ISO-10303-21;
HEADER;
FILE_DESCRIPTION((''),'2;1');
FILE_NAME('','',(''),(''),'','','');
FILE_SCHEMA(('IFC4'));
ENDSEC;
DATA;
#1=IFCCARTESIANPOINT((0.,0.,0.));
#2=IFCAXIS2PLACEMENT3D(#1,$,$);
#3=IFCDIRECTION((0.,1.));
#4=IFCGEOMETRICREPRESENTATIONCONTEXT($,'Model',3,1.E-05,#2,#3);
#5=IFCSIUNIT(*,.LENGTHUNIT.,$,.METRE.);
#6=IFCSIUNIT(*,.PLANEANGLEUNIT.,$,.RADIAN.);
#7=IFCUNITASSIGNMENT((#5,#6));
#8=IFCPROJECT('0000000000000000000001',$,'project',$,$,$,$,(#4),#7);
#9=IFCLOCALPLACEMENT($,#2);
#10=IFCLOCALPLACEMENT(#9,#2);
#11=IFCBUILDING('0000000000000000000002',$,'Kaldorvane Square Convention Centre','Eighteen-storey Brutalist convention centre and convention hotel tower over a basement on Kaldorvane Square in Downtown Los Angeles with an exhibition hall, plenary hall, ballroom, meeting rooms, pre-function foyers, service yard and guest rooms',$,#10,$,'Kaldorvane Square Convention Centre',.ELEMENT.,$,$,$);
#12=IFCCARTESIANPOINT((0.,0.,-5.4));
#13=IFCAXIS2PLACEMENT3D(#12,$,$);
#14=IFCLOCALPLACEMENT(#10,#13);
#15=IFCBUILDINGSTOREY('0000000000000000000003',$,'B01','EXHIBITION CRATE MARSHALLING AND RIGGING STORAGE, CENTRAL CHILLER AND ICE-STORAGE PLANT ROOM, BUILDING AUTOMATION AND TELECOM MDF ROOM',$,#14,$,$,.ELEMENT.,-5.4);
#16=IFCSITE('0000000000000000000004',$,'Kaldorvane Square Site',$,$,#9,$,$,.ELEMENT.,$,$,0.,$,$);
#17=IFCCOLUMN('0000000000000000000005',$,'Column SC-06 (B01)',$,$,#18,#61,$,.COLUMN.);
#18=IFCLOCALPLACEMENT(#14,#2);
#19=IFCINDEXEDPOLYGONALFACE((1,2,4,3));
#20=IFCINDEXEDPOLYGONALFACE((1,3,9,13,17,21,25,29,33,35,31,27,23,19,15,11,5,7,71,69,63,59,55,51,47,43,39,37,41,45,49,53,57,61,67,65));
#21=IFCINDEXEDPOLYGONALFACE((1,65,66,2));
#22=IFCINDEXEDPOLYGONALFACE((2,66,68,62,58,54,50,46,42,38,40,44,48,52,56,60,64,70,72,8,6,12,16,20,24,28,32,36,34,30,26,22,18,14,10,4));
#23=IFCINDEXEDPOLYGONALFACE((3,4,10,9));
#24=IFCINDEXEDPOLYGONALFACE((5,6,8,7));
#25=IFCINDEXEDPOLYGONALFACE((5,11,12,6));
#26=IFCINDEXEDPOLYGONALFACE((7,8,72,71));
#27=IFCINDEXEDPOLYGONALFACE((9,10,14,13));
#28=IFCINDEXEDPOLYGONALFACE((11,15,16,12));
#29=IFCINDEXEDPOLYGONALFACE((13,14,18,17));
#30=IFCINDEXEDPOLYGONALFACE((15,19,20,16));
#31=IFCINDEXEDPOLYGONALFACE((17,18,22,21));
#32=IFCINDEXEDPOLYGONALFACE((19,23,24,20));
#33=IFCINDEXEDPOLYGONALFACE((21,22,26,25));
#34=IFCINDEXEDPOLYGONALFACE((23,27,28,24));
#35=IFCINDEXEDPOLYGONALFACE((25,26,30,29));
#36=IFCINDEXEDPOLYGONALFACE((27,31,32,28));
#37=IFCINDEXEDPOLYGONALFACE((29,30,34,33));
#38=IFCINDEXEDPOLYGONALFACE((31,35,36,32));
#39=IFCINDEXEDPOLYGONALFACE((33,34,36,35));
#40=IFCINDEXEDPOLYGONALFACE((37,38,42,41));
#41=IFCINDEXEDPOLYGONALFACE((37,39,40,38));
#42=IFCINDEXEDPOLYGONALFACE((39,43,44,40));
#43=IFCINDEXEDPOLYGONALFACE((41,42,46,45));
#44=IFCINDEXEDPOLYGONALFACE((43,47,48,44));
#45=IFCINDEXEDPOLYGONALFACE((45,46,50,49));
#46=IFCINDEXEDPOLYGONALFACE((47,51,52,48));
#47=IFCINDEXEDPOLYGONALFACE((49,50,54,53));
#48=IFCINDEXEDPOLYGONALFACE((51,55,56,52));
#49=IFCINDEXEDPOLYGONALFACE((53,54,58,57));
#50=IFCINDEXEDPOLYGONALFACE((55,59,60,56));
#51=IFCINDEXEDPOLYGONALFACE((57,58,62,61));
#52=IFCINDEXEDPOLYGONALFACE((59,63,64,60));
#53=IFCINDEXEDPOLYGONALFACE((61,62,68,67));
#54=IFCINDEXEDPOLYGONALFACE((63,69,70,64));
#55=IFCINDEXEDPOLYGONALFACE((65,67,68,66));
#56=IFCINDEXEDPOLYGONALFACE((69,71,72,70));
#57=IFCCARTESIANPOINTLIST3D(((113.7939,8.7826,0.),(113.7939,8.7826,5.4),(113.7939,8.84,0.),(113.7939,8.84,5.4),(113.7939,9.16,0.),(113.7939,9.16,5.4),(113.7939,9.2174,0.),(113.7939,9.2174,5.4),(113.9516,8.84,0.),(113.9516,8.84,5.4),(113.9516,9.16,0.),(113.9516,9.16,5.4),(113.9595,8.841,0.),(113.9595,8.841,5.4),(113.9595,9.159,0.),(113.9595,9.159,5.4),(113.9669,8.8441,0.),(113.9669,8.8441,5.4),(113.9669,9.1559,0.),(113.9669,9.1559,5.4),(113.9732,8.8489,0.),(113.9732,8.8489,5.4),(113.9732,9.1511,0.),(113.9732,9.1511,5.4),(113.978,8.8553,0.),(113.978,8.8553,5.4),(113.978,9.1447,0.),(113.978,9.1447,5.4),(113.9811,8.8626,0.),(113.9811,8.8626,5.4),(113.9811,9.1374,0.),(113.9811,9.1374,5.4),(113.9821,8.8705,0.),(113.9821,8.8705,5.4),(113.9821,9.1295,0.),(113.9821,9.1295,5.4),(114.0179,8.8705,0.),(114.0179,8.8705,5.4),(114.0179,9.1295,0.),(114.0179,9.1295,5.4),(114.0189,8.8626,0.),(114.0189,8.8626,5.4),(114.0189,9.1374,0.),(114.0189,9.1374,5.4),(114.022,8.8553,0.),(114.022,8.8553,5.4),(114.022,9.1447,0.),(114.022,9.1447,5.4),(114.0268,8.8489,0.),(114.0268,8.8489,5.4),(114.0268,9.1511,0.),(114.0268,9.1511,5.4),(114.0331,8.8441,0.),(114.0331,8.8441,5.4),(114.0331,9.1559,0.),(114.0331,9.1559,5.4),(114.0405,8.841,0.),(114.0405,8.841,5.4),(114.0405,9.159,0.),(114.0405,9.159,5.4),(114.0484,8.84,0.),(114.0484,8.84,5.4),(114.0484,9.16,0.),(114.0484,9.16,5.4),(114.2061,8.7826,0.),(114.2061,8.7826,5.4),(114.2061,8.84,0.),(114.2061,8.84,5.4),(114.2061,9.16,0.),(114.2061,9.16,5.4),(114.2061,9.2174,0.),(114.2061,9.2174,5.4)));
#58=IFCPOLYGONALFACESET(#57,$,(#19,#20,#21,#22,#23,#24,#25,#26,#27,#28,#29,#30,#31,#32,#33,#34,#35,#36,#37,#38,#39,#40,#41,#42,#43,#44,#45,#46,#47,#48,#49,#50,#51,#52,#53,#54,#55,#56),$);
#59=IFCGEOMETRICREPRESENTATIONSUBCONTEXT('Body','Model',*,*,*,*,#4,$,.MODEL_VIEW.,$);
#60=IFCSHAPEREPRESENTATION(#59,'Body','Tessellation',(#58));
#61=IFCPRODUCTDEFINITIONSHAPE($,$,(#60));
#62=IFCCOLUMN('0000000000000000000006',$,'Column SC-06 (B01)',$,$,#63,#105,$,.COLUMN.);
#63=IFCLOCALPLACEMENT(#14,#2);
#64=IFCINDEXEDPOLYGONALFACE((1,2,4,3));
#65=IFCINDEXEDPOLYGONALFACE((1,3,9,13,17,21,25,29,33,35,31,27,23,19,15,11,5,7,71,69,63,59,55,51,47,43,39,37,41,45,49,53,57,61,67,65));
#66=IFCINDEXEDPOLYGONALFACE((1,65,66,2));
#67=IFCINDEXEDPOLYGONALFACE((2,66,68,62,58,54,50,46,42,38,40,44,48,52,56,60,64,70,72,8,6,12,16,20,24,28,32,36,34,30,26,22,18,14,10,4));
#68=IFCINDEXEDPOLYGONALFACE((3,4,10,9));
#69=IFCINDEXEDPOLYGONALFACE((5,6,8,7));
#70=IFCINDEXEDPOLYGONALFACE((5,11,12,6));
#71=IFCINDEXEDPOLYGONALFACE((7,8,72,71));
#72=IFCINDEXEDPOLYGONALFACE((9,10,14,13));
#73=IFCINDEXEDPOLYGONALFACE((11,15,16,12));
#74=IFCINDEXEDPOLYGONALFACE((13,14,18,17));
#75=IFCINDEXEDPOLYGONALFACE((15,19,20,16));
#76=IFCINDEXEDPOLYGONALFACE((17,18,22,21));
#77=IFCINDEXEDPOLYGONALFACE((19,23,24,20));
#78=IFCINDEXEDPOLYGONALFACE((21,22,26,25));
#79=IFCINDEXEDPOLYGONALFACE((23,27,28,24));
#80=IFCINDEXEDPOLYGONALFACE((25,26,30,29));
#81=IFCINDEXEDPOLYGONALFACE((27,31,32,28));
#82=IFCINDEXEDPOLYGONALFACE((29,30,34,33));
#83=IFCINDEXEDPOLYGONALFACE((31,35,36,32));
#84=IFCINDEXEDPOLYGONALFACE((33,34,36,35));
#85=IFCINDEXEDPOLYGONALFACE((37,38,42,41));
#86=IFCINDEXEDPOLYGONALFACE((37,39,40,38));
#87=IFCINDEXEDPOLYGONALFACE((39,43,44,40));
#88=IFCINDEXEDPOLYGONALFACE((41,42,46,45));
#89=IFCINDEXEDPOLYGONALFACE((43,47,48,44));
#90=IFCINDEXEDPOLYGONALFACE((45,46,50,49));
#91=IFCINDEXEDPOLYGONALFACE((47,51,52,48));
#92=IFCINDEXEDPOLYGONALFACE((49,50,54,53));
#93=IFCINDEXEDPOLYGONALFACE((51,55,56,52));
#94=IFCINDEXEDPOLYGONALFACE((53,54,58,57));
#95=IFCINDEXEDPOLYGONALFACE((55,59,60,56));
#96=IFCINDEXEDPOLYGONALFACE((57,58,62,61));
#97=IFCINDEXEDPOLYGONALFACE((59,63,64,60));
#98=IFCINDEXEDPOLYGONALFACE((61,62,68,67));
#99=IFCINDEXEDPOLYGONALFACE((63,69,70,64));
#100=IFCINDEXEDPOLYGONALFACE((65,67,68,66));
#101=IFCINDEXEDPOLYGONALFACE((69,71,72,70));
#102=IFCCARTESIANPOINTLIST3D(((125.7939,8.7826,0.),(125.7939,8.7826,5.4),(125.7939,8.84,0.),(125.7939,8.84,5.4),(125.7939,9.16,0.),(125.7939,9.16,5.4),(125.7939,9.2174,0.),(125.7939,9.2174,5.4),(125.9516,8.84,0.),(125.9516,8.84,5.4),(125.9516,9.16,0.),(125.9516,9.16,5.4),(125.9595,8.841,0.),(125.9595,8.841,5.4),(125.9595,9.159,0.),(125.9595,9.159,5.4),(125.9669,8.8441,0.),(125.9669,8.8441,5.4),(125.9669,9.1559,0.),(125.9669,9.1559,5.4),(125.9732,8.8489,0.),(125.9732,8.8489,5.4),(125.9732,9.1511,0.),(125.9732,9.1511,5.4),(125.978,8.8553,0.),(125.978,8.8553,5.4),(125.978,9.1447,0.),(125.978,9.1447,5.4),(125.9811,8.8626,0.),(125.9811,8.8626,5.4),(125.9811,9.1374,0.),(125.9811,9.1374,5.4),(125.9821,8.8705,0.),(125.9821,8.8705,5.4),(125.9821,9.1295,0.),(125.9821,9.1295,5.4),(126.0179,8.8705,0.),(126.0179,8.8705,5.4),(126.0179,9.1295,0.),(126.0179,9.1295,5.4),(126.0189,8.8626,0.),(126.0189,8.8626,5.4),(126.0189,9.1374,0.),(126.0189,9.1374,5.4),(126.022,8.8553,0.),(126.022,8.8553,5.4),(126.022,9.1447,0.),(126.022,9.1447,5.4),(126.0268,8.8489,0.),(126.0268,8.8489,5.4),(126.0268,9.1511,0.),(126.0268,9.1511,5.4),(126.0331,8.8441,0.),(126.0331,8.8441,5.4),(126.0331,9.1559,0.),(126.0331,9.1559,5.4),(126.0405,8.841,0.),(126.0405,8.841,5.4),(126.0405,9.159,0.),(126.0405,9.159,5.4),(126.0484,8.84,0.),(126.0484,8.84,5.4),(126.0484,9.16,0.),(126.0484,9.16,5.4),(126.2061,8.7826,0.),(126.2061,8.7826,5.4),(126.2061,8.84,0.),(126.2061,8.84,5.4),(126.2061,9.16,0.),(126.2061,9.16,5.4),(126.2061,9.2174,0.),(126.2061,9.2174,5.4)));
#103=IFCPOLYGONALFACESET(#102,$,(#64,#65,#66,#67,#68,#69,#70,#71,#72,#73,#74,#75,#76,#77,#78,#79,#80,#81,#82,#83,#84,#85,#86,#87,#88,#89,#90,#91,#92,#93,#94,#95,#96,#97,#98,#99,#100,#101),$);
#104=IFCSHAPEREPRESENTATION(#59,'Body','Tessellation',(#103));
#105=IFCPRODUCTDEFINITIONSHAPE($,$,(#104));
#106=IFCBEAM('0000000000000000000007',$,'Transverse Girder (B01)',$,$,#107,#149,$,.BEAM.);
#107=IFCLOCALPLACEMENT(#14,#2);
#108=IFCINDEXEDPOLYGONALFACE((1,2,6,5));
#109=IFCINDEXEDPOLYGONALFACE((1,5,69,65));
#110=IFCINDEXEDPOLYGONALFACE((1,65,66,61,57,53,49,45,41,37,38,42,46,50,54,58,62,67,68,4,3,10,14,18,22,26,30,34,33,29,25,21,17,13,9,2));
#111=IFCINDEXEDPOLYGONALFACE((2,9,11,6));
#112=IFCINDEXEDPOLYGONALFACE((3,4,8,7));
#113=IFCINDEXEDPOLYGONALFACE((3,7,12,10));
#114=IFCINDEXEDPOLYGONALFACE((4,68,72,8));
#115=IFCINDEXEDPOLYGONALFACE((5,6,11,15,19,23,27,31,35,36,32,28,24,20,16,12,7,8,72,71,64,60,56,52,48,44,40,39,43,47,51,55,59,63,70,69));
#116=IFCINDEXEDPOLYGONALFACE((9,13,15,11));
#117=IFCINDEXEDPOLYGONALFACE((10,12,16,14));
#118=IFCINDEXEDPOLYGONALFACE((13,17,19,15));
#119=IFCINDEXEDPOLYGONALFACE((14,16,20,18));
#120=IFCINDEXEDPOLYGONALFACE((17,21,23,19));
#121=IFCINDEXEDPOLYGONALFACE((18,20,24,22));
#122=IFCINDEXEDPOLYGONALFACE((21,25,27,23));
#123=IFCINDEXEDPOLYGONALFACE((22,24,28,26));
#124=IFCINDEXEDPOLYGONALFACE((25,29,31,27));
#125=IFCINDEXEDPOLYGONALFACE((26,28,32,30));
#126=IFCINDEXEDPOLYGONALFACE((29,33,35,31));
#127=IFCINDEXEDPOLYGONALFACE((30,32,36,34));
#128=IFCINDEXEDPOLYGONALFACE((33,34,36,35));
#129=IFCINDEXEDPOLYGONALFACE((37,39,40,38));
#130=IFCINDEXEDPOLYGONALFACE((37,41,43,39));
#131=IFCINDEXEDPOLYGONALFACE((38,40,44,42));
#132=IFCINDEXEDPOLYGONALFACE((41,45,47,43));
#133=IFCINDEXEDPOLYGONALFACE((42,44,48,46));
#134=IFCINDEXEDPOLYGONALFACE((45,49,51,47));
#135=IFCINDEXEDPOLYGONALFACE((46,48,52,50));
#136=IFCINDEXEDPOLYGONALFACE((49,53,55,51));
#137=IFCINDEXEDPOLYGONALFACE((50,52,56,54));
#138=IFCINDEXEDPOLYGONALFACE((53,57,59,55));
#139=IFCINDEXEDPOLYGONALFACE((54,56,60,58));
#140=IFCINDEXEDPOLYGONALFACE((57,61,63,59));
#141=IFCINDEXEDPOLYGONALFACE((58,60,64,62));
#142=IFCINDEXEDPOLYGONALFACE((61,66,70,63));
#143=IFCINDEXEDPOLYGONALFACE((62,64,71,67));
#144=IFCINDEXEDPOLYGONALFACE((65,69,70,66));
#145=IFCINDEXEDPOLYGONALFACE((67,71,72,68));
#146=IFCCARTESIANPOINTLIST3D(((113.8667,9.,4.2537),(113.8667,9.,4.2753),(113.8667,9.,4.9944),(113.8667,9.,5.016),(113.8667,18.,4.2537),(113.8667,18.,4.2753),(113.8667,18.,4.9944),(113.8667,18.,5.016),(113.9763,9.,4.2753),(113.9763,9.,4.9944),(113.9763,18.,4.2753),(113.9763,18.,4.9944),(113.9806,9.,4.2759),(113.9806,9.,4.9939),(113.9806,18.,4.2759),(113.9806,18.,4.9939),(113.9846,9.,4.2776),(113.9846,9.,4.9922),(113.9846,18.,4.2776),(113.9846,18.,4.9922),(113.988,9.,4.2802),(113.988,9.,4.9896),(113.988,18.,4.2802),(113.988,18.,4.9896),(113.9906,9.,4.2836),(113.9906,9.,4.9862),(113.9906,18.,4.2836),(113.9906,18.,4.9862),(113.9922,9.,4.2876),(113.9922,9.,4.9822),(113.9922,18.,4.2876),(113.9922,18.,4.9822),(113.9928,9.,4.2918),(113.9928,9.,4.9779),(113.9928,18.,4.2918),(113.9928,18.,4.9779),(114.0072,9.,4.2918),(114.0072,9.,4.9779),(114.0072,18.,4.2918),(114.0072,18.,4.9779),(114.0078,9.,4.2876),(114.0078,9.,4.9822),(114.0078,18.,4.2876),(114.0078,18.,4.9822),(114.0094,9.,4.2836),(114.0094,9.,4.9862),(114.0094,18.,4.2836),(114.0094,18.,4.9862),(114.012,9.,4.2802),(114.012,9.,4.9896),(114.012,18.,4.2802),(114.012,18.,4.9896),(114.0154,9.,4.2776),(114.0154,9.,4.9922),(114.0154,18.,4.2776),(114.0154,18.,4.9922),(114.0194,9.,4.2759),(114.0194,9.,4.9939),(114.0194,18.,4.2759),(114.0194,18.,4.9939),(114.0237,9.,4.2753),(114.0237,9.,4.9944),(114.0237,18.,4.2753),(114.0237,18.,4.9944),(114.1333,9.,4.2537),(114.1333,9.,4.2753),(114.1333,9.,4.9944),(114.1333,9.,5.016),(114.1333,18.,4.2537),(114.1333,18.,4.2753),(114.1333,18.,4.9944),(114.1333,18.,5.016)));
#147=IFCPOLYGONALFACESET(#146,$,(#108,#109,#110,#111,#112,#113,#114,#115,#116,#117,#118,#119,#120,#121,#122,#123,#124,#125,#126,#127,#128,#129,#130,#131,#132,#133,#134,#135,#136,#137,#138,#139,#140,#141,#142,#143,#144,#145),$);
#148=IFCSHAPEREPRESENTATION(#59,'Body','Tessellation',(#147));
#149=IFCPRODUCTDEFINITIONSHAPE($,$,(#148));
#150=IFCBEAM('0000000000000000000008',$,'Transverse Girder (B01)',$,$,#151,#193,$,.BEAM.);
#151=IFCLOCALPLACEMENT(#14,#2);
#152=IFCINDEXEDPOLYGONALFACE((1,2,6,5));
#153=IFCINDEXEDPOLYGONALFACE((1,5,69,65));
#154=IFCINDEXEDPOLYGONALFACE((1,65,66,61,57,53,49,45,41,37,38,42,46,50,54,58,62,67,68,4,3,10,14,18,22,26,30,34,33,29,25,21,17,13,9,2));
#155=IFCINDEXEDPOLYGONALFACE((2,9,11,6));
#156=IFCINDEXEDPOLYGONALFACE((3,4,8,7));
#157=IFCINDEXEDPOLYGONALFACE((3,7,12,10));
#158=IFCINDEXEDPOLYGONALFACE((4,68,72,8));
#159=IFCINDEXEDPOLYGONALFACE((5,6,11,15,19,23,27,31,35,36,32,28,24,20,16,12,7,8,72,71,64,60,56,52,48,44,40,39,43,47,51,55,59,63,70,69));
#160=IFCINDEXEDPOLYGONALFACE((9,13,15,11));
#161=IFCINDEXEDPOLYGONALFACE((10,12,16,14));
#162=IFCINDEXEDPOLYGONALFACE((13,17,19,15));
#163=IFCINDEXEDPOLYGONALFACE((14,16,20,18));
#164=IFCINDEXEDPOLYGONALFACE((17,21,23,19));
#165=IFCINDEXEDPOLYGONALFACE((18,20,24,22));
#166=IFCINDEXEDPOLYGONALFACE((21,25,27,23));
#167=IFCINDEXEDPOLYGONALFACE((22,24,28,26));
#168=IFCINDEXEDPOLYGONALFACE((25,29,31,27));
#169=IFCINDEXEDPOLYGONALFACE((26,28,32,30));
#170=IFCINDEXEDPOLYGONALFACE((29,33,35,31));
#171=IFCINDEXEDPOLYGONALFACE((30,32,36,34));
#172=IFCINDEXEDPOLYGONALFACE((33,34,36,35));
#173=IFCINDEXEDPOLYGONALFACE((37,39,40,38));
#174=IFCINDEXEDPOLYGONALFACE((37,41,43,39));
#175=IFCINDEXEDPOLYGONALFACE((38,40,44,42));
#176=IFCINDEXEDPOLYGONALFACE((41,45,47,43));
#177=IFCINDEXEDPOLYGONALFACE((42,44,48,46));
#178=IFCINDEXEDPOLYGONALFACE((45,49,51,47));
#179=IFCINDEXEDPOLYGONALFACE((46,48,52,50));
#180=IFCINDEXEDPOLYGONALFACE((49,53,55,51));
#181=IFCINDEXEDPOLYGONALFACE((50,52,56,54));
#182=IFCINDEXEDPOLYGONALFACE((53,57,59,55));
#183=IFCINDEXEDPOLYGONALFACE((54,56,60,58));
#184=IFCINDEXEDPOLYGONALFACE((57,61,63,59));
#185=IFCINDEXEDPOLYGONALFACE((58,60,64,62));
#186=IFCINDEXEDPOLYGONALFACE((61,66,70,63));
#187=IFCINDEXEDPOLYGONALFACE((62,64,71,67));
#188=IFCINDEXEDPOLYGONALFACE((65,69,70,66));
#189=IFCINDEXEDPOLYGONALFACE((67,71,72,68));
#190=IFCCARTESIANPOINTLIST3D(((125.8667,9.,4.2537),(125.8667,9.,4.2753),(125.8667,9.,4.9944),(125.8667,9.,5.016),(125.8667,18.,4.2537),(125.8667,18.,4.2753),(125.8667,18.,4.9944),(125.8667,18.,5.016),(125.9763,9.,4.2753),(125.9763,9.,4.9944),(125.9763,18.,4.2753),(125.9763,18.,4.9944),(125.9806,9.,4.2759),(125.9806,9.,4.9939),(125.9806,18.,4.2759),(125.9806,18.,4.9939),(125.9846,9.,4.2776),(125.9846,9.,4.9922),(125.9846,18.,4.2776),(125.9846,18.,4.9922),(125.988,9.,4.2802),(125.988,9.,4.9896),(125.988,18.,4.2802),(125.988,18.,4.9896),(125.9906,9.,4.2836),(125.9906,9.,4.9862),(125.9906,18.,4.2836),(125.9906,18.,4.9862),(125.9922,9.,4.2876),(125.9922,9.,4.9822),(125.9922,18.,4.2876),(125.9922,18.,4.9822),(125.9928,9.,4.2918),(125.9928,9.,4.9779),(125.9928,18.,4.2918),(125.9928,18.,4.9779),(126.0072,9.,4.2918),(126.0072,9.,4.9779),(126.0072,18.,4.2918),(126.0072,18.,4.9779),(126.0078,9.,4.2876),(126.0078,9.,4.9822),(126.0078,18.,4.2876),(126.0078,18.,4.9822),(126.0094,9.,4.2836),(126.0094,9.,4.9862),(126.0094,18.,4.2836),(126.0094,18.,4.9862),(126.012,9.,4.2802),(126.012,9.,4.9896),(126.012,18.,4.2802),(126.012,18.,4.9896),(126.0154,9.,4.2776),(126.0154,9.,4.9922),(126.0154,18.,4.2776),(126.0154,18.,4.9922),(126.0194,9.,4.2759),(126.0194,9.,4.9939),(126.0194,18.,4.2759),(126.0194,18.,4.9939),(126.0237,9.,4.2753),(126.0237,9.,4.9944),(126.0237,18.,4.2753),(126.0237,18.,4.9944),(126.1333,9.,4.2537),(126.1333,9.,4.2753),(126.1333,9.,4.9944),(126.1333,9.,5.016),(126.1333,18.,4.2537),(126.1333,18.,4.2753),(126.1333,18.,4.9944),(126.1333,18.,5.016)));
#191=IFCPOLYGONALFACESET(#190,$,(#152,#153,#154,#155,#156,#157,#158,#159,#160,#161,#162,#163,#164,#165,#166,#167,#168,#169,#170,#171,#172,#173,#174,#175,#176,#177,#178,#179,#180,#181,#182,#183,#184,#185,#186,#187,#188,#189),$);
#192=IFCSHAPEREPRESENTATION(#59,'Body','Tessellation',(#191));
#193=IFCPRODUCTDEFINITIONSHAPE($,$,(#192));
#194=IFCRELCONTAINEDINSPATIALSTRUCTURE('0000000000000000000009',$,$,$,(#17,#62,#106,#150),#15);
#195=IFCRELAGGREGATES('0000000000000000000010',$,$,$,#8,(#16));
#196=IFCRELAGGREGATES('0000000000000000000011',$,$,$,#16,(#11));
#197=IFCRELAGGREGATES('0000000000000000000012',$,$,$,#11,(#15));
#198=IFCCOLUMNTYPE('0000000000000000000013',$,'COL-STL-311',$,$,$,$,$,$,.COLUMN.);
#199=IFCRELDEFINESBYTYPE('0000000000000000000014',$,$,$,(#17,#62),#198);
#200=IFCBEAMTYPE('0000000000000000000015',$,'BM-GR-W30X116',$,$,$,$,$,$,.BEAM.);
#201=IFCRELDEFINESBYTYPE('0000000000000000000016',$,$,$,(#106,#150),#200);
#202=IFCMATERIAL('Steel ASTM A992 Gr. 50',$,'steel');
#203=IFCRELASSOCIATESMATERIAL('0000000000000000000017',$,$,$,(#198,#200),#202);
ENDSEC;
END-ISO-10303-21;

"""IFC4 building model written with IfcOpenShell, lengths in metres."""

from ifc_helpers import new_model, si_unit, direction, frame, origin, origin_2d, place, context, subcontext, project, spatial, i_section, extrude, material, material_profile, profile_set, type_object, element, save


model = new_model("IFC4")

# Units and contexts
model_context = context("Model", 3, precision=1e-05, world=origin(), true_north=direction((0.0, 1.0)))
body_context = subcontext(model_context, "Body", "Model", "MODEL_VIEW")
ifc_project = project(units=[si_unit("LENGTHUNIT", "METRE"), si_unit("PLANEANGLEUNIT", "RADIAN")], contexts=[model_context])

# Site, building, storey
site_placement = place(None, origin())
site = spatial("IfcSite", under=ifc_project, at=site_placement, Name="Kaldorvane Square Site", CompositionType="ELEMENT", RefElevation=0.0)
building_placement = place(site_placement, origin())
building = spatial("IfcBuilding", under=site, at=building_placement, Name="Kaldorvane Square Convention Centre", Description="Eighteen-storey Brutalist convention centre and convention hotel tower over a basement on Kaldorvane Square in Downtown Los Angeles with an exhibition hall, plenary hall, ballroom, meeting rooms, pre-function foyers, service yard and guest rooms", LongName="Kaldorvane Square Convention Centre", CompositionType="ELEMENT")
storey_placement = place(building_placement, frame((0.0, 0.0, -5.4)))
storey = spatial("IfcBuildingStorey", under=building, at=storey_placement, Name="B01", Description="EXHIBITION CRATE MARSHALLING AND RIGGING STORAGE, CENTRAL CHILLER AND ICE-STORAGE PLANT ROOM, BUILDING AUTOMATION AND TELECOM MDF ROOM", CompositionType="ELEMENT", Elevation=-5.4)

# Columns
ifc_material_1 = material(Name="Steel ASTM A992 Gr. 50", Category="steel")
ifc_material_profile_1 = material_profile(ifc_material_1, i_section(OverallWidth=0.4122, OverallDepth=0.4348, WebThickness=0.0358, FlangeThickness=0.0574, FilletRadius=0.0305, at=origin_2d()), Name="W14X311")
ifc_profile_set_1 = profile_set([ifc_material_profile_1], Name="Steel ASTM A992 Gr. 50")
column_type = type_object("IfcColumnType", Name="COL-STL-311", PredefinedType="COLUMN", material=ifc_profile_set_1)
for number, where, z_axis, x_axis, name in (
    (1, (114.0, 9.0, 0.0), (0.0, 0.0, 1.0), (1.0, 0.0, 0.0), "Column SC-06 (B01)"),
    (2, (126.0, 9.0, 0.0), (0.0, 0.0, 1.0), (1.0, 0.0, 0.0), "Column SC-06 (B01)"),
):
    element("IfcColumn", number, at=place(storey_placement, frame(where, z_axis=z_axis, x_axis=x_axis)), inside=storey, type_object=column_type, Name=name, PredefinedType="COLUMN", context=body_context, shape_type="SweptSolid", body=[
        extrude(i_section(OverallWidth=0.4122, OverallDepth=0.4348, WebThickness=0.0358, FlangeThickness=0.0574, FilletRadius=0.0305, at=origin_2d()), origin(), (0.0, 0.0, 1.0), 5.4),
    ])

# Beams
ifc_material_profile_2 = material_profile(ifc_material_1, i_section(OverallWidth=0.2666, OverallDepth=0.7623, WebThickness=0.0144, FlangeThickness=0.0216, FilletRadius=0.0165, at=origin_2d()), Name="W30X116")
ifc_profile_set_2 = profile_set([ifc_material_profile_2], Name="Steel ASTM A992 Gr. 50")
beam_type_1 = type_object("IfcBeamType", Name="BM-GR-W30X116", PredefinedType="BEAM", material=ifc_profile_set_2)
for number, where, z_axis, x_axis, name in (
    (3, (114.0, 9.0, 4.6349), (0.0, 1.0, 0.0), (-1.0, 0.0, 0.0), "Transverse Girder (B01)"),
    (4, (126.0, 9.0, 4.6349), (0.0, 1.0, 0.0), (-1.0, 0.0, 0.0), "Transverse Girder (B01)"),
):
    element("IfcBeam", number, at=place(storey_placement, frame(where, z_axis=z_axis, x_axis=x_axis)), inside=storey, type_object=beam_type_1, Name=name, PredefinedType="BEAM", context=body_context, shape_type="SweptSolid", body=[
        extrude(i_section(OverallWidth=0.2666, OverallDepth=0.7623, WebThickness=0.0144, FlangeThickness=0.0216, FilletRadius=0.0165, at=origin_2d()), origin(), (0.0, 0.0, 1.0), 9.0),
    ])

save(model, "model.ifc")
